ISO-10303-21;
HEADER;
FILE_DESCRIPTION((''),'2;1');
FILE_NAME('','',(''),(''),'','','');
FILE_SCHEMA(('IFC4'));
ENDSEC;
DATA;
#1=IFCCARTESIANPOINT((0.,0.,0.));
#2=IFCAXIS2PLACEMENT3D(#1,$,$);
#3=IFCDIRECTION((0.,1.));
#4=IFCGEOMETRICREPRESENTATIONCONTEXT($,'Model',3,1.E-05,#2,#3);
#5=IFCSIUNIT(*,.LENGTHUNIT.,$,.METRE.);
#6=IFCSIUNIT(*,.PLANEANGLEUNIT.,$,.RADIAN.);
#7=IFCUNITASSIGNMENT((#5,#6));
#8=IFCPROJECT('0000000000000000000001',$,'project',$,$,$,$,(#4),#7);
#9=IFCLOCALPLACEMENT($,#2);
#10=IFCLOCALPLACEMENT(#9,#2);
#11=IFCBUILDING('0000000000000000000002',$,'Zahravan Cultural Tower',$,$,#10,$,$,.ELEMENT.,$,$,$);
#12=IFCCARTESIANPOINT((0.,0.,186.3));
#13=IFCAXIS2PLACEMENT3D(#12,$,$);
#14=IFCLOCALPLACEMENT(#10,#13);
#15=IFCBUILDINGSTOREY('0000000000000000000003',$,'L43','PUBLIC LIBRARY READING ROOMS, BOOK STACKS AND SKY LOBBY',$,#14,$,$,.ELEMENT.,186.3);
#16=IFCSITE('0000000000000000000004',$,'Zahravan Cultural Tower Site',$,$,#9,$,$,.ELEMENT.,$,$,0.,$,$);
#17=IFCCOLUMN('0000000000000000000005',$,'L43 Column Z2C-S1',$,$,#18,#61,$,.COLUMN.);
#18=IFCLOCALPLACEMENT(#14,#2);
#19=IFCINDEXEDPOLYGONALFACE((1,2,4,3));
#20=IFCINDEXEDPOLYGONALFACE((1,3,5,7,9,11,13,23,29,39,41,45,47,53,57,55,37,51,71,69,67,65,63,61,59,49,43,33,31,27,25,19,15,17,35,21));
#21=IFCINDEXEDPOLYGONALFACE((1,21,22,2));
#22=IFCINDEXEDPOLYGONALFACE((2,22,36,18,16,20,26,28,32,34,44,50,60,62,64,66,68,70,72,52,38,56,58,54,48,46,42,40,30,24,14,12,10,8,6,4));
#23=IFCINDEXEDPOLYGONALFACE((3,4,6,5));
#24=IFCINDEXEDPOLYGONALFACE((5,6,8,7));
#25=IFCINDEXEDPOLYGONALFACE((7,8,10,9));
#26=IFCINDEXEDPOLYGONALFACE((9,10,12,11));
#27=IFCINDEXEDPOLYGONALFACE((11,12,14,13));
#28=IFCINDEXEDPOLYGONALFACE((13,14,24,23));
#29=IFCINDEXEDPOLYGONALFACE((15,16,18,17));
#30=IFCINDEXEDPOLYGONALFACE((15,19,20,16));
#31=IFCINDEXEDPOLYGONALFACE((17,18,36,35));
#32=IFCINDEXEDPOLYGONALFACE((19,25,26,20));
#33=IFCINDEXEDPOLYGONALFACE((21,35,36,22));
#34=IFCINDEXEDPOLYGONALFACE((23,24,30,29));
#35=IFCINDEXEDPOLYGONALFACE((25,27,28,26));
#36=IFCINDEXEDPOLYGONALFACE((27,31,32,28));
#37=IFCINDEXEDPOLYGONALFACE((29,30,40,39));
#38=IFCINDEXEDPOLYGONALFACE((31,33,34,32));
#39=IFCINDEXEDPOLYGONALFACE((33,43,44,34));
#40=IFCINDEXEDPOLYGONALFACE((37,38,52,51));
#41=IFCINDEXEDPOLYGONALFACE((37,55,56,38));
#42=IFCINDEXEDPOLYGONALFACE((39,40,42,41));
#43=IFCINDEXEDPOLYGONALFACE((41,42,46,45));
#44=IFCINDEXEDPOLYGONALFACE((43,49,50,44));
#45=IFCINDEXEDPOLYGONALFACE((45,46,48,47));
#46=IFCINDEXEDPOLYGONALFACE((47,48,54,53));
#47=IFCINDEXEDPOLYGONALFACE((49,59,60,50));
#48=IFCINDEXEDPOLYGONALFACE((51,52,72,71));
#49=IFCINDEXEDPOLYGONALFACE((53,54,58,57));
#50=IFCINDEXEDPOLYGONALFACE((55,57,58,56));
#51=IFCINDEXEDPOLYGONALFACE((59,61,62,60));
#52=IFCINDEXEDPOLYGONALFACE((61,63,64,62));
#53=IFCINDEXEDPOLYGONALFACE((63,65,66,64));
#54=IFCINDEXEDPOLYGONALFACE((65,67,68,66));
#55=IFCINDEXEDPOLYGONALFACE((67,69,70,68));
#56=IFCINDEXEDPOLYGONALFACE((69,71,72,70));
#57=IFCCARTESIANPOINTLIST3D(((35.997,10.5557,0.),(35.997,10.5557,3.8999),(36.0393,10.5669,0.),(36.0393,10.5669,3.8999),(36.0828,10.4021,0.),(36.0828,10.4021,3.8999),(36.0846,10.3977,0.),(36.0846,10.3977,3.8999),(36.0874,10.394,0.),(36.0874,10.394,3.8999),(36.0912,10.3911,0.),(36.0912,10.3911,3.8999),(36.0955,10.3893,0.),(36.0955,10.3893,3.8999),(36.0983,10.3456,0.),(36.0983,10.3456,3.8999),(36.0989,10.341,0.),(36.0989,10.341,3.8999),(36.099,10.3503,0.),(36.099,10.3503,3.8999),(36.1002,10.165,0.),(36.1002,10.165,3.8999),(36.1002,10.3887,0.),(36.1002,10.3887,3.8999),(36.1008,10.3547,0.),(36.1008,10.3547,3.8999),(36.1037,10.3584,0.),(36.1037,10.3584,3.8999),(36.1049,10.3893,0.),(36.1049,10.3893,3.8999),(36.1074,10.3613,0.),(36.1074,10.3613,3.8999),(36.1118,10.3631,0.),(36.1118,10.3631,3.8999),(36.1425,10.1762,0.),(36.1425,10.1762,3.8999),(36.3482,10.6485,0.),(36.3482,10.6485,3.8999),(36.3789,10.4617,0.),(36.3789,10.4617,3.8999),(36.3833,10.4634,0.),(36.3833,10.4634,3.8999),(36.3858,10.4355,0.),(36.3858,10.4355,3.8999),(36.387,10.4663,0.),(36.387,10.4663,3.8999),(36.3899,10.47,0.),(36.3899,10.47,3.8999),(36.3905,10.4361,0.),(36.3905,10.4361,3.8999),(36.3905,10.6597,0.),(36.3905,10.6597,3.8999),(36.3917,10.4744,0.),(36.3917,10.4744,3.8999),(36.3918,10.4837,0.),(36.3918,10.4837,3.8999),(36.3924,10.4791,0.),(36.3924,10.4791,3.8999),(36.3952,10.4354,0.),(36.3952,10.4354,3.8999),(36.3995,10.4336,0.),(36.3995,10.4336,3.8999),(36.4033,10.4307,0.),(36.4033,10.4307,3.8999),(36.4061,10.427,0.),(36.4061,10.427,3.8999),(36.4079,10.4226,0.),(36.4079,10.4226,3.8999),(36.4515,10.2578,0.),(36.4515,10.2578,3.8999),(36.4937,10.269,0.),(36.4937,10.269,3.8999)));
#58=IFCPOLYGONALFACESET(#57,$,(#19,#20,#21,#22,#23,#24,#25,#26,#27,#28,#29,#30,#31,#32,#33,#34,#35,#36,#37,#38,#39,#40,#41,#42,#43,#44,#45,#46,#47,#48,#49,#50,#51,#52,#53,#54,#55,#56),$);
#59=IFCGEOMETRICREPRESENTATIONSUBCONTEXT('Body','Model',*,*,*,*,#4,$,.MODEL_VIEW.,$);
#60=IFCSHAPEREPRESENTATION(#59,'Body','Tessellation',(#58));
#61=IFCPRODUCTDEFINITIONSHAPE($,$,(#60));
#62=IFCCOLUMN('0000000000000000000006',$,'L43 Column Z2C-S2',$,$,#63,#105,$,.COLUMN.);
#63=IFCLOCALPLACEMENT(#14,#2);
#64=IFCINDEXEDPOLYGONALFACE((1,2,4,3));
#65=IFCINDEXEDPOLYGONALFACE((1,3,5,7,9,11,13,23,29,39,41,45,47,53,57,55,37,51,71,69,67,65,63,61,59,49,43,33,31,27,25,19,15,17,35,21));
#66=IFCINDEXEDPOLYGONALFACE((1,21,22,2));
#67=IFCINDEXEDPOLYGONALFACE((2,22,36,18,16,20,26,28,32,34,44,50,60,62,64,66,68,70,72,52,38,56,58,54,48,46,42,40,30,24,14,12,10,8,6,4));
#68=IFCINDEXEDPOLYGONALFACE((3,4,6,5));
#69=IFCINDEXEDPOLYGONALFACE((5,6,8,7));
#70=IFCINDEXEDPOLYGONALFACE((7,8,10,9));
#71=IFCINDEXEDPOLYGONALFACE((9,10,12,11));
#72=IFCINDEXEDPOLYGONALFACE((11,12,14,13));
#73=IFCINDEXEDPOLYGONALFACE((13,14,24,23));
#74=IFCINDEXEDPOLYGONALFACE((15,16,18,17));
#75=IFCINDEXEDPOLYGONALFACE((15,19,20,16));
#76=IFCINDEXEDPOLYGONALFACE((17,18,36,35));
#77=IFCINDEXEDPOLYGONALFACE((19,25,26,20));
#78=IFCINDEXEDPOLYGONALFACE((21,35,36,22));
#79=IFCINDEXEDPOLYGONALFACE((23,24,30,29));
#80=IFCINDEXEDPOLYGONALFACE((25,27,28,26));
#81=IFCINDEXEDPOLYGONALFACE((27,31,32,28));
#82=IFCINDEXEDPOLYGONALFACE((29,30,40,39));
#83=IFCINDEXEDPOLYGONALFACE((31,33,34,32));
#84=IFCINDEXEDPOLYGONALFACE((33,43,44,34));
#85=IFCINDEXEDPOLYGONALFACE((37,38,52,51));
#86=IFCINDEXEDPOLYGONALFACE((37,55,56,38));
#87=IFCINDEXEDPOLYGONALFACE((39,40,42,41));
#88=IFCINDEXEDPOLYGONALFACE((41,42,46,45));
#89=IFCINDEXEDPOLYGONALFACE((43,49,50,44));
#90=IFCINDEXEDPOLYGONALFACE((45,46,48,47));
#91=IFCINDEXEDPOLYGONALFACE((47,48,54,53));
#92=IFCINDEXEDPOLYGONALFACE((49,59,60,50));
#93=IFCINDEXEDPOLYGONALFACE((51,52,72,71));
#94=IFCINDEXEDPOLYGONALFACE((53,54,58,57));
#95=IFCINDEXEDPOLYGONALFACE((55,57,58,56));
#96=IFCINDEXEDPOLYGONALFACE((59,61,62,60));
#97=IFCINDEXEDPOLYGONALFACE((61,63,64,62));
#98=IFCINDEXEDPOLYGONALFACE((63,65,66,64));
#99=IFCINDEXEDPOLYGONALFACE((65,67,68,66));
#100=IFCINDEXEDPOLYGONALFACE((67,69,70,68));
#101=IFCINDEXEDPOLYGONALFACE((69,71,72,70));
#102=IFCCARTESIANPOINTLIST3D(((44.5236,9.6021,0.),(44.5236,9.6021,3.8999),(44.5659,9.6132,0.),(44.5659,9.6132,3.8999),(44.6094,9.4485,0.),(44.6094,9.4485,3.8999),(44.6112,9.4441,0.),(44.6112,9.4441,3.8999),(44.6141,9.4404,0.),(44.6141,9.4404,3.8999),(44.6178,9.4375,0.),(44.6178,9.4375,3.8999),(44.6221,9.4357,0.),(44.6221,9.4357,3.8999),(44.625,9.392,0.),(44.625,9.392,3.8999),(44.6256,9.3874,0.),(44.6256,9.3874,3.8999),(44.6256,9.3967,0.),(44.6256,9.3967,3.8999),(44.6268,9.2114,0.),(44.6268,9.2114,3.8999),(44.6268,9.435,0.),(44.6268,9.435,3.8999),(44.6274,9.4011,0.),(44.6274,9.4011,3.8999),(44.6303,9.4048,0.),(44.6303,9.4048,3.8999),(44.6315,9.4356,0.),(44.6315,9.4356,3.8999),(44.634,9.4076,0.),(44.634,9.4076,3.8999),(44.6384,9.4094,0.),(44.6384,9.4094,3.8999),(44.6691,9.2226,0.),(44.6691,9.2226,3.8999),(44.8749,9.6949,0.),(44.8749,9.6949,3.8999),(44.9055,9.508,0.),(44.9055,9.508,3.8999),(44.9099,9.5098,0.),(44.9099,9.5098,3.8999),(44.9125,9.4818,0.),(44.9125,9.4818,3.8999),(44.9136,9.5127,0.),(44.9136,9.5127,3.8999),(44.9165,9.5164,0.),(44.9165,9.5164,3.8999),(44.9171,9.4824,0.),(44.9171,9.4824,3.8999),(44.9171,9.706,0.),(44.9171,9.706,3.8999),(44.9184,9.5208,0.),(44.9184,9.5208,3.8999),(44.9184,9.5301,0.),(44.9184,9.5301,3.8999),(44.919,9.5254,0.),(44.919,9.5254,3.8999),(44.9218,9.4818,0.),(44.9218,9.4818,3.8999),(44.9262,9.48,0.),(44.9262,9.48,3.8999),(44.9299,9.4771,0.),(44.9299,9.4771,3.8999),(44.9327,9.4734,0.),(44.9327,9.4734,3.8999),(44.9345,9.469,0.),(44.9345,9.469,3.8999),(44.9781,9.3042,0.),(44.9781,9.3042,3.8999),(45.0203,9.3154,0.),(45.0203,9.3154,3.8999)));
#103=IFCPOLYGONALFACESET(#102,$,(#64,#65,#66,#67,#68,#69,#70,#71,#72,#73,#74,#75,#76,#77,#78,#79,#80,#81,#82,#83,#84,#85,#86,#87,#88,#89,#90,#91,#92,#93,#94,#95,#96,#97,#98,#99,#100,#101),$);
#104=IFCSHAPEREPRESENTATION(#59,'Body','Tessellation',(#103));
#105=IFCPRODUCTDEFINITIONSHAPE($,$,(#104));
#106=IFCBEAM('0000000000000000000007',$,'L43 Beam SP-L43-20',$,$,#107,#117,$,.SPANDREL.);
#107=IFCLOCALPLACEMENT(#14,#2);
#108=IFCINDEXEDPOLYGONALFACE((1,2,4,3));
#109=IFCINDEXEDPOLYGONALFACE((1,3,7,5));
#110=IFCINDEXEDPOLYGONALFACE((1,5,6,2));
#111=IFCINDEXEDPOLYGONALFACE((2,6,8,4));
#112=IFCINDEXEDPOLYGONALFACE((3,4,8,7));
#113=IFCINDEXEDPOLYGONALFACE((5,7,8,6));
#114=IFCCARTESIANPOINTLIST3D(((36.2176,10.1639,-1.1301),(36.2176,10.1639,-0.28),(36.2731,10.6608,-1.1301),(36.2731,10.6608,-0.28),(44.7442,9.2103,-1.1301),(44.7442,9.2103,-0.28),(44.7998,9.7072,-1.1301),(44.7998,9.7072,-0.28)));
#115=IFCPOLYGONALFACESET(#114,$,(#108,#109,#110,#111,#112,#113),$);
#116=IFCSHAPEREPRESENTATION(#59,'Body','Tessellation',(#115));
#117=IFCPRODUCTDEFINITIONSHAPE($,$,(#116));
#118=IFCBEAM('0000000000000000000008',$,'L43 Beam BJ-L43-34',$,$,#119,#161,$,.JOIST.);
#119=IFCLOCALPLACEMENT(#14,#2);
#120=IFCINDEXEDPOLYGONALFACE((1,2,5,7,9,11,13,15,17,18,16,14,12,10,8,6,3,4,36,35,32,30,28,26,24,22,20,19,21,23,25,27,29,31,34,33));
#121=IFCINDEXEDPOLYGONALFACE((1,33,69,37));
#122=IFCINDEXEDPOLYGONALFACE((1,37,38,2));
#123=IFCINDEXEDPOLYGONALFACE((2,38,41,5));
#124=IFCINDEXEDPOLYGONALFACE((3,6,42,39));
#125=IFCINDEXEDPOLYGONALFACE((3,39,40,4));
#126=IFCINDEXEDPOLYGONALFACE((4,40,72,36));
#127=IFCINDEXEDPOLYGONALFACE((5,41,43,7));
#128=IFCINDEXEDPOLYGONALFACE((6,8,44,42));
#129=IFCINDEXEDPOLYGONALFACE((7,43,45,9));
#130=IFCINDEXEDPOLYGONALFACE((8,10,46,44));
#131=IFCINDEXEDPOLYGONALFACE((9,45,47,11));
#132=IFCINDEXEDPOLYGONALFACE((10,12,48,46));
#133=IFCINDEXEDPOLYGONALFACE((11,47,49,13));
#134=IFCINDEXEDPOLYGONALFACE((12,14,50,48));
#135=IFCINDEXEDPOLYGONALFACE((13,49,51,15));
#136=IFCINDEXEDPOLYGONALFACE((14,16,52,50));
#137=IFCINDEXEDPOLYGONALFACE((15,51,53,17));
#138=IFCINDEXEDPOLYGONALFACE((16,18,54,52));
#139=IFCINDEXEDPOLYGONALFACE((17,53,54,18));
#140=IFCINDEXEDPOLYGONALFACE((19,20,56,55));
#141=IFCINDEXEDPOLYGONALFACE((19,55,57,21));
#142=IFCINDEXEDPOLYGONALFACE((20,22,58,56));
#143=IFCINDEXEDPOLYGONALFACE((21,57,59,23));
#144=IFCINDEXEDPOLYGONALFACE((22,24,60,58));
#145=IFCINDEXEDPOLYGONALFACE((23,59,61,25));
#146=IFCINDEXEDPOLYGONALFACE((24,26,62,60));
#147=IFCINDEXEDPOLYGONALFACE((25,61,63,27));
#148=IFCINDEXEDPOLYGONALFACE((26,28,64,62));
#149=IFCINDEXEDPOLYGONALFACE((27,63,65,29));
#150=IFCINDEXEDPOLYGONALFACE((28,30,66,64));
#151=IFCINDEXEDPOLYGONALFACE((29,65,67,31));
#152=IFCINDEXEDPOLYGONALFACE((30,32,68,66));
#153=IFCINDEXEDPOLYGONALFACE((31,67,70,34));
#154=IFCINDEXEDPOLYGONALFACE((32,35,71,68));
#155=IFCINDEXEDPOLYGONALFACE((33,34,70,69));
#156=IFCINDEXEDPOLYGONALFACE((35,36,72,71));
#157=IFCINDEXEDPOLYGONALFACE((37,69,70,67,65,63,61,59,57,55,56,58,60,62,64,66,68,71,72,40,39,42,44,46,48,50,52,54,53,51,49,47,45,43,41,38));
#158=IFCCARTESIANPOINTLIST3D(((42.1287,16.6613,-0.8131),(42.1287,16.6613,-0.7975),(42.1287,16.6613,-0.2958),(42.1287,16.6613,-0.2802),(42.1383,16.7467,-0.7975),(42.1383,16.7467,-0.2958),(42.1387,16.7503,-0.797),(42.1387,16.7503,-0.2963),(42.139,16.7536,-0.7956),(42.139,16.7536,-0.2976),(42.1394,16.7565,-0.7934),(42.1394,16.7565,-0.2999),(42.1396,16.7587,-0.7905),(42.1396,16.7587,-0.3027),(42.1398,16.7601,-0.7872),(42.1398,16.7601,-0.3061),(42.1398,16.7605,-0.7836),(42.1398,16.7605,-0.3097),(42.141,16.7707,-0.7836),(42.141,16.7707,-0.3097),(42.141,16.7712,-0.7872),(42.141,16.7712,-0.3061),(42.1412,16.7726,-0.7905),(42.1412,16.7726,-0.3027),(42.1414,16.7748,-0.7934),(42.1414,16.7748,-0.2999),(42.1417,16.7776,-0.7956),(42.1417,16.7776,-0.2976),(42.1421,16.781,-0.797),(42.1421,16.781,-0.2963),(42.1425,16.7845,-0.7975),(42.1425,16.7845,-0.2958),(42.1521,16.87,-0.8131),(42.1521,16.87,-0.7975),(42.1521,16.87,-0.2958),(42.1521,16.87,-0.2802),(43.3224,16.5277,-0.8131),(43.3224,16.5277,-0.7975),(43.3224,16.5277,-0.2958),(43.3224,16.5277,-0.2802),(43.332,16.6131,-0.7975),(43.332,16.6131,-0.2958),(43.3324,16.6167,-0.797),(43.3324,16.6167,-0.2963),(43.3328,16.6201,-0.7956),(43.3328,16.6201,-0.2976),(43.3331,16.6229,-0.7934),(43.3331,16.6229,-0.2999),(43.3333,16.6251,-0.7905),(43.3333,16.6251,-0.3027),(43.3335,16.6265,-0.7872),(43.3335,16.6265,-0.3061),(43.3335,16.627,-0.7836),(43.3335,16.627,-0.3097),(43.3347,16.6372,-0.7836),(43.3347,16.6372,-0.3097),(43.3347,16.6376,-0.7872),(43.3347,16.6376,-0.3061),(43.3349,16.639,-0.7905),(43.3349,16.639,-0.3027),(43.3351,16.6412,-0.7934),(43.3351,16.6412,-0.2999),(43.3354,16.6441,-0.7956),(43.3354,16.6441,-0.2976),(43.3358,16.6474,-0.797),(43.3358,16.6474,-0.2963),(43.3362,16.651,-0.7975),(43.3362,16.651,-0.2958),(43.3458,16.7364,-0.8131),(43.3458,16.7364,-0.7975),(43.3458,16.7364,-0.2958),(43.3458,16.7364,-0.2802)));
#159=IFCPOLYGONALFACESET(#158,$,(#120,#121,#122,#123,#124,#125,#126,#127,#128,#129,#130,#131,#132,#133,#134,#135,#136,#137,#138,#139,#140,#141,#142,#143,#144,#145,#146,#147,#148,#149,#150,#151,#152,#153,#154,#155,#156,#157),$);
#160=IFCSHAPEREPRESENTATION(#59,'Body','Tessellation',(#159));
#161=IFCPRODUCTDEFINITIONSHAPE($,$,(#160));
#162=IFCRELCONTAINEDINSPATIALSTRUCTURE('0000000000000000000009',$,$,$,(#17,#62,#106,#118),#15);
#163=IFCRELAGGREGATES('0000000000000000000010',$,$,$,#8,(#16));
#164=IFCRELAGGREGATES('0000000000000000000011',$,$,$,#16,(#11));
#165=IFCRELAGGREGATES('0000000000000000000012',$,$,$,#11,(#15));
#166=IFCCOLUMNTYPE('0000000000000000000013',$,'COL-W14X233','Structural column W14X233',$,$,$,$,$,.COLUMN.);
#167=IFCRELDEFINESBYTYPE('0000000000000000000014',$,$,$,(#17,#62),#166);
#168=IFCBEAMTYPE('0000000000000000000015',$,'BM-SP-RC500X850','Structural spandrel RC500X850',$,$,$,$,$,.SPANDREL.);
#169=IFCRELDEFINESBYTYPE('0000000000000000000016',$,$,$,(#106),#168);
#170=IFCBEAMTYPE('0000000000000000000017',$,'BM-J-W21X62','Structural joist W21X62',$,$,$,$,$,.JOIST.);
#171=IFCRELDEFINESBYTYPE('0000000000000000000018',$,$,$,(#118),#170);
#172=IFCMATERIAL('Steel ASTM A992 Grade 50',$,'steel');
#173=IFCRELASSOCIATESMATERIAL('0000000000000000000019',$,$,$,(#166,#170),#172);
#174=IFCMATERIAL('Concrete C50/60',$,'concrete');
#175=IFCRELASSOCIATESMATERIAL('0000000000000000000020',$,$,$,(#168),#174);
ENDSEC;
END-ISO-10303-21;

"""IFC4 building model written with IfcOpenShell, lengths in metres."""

from ifc_helpers import new_model, si_unit, direction, frame, origin, origin_2d, place, context, subcontext, project, spatial, rectangle, i_section, extrude, source, transform, mapped, material, material_profile, profile_set, type_object, element, save


model = new_model("IFC4")

# Units and contexts
model_context = context("Model", 3, precision=1e-05, world=origin(), true_north=direction((0.0, 1.0)))
body_context = subcontext(model_context, "Body", "Model", "MODEL_VIEW")
ifc_project = project(units=[si_unit("LENGTHUNIT", "METRE"), si_unit("PLANEANGLEUNIT", "RADIAN")], contexts=[model_context])

# Site, building, storey
site_placement = place(None, origin())
site = spatial("IfcSite", under=ifc_project, at=site_placement, Name="Zahravan Cultural Tower Site", CompositionType="ELEMENT", RefElevation=0.0)
building_placement = place(site_placement, origin())
building = spatial("IfcBuilding", under=site, at=building_placement, Name="Zahravan Cultural Tower", CompositionType="ELEMENT")
storey_placement = place(building_placement, frame((0.0, 0.0, 186.3)))
storey = spatial("IfcBuildingStorey", under=building, at=storey_placement, Name="L43", Description="PUBLIC LIBRARY READING ROOMS, BOOK STACKS AND SKY LOBBY", CompositionType="ELEMENT", Elevation=186.3)

# Columns
ifc_material_1 = material(Name="Steel ASTM A992 Grade 50", Category="steel")
ifc_material_profile_1 = material_profile(ifc_material_1, i_section(OverallWidth=0.4041, OverallDepth=0.407, WebThickness=0.0271, FlangeThickness=0.0437, FilletRadius=0.0181, at=origin_2d()), Name="W14X233")
ifc_profile_set_1 = profile_set([ifc_material_profile_1], Name="Steel ASTM A992 Grade 50")
column_type = type_object("IfcColumnType", Name="COL-W14X233", Description="Structural column W14X233", PredefinedType="COLUMN", material=ifc_profile_set_1)
shared_shape_1 = source(origin(), body_context, "Body", "SweptSolid", [
    extrude(i_section(OverallWidth=0.4041, OverallDepth=0.407, WebThickness=0.0271, FlangeThickness=0.0437, FilletRadius=0.0181, at=origin_2d()), origin(), (0.0, 0.0, 1.0), 3.8999),
])
for number, where, z_axis, x_axis, name in (
    (1, (36.2454, 10.4124, 0.0), (0.0, 0.0, 1.0), (-0.255446, 0.966823, 0.0), "L43 Column Z2C-S1"),
    (2, (44.772, 9.4587, 0.0), (0.0, 0.0, 1.0), (-0.255446, 0.966823, 0.0), "L43 Column Z2C-S2"),
):
    element("IfcColumn", number, at=place(storey_placement, frame(where, z_axis=z_axis, x_axis=x_axis)), inside=storey, type_object=column_type, Name=name, PredefinedType="COLUMN", context=body_context, shape_type="MappedRepresentation", body=[
        mapped(shared_shape_1, transform((0.0, 0.0, 0.0), x_axis=(1.0, 0.0, 0.0), y_axis=(0.0, 1.0, 0.0), z_axis=(0.0, 0.0, 1.0), scale=1.0)),
    ])

# Beams
ifc_material_2 = material(Name="Concrete C50/60", Category="concrete")
ifc_material_profile_2 = material_profile(ifc_material_2, rectangle(XDim=0.5, YDim=0.8501, at=origin_2d()), Name="RC500X850")
ifc_profile_set_2 = profile_set([ifc_material_profile_2], Name="Concrete C50/60")
beam_type_1 = type_object("IfcBeamType", Name="BM-SP-RC500X850", Description="Structural spandrel RC500X850", PredefinedType="SPANDREL", material=ifc_profile_set_2)
shared_shape_2 = source(origin(), body_context, "Body", "SweptSolid", [
    extrude(rectangle(XDim=0.5, YDim=0.8501, at=origin_2d()), origin(), (0.0, 0.0, 1.0), 8.5798),
])
beam_1_placement = place(storey_placement, frame((36.2454, 10.4124, -0.7051), z_axis=(0.993804, -0.111147, 0.0), x_axis=(0.111147, 0.993804, 0.0)))
element("IfcBeam", 3, at=beam_1_placement, inside=storey, type_object=beam_type_1, Name="L43 Beam SP-L43-20", PredefinedType="SPANDREL", context=body_context, shape_type="MappedRepresentation", body=[
    mapped(shared_shape_2, transform((0.0, 0.0, 0.0), x_axis=(1.0, 0.0, 0.0), y_axis=(0.0, 1.0, 0.0), z_axis=(0.0, 0.0, 1.0), scale=1.0)),
])
ifc_material_profile_3 = material_profile(ifc_material_1, i_section(OverallWidth=0.21, OverallDepth=0.533, WebThickness=0.0103, FlangeThickness=0.0156, FilletRadius=0.0139, at=origin_2d()), Name="W21X62")
ifc_profile_set_3 = profile_set([ifc_material_profile_3], Name="Steel ASTM A992 Grade 50")
beam_type_2 = type_object("IfcBeamType", Name="BM-J-W21X62", Description="Structural joist W21X62", PredefinedType="JOIST", material=ifc_profile_set_3)
shared_shape_3 = source(origin(), body_context, "Body", "SweptSolid", [
    extrude(i_section(OverallWidth=0.21, OverallDepth=0.533, WebThickness=0.0103, FlangeThickness=0.0156, FilletRadius=0.0139, at=origin_2d()), origin(), (0.0, 0.0, 1.0), 1.2012),
])
beam_2_placement = place(storey_placement, frame((42.1404, 16.7656, -0.5466), z_axis=(0.993799, -0.11119, 0.0), x_axis=(0.11119, 0.993799, 0.0)))
element("IfcBeam", 4, at=beam_2_placement, inside=storey, type_object=beam_type_2, Name="L43 Beam BJ-L43-34", PredefinedType="JOIST", context=body_context, shape_type="MappedRepresentation", body=[
    mapped(shared_shape_3, transform((0.0, 0.0, 0.0), x_axis=(1.0, 0.0, 0.0), y_axis=(0.0, 1.0, 0.0), z_axis=(0.0, 0.0, 1.0), scale=1.0)),
])

save(model, "model.ifc")
